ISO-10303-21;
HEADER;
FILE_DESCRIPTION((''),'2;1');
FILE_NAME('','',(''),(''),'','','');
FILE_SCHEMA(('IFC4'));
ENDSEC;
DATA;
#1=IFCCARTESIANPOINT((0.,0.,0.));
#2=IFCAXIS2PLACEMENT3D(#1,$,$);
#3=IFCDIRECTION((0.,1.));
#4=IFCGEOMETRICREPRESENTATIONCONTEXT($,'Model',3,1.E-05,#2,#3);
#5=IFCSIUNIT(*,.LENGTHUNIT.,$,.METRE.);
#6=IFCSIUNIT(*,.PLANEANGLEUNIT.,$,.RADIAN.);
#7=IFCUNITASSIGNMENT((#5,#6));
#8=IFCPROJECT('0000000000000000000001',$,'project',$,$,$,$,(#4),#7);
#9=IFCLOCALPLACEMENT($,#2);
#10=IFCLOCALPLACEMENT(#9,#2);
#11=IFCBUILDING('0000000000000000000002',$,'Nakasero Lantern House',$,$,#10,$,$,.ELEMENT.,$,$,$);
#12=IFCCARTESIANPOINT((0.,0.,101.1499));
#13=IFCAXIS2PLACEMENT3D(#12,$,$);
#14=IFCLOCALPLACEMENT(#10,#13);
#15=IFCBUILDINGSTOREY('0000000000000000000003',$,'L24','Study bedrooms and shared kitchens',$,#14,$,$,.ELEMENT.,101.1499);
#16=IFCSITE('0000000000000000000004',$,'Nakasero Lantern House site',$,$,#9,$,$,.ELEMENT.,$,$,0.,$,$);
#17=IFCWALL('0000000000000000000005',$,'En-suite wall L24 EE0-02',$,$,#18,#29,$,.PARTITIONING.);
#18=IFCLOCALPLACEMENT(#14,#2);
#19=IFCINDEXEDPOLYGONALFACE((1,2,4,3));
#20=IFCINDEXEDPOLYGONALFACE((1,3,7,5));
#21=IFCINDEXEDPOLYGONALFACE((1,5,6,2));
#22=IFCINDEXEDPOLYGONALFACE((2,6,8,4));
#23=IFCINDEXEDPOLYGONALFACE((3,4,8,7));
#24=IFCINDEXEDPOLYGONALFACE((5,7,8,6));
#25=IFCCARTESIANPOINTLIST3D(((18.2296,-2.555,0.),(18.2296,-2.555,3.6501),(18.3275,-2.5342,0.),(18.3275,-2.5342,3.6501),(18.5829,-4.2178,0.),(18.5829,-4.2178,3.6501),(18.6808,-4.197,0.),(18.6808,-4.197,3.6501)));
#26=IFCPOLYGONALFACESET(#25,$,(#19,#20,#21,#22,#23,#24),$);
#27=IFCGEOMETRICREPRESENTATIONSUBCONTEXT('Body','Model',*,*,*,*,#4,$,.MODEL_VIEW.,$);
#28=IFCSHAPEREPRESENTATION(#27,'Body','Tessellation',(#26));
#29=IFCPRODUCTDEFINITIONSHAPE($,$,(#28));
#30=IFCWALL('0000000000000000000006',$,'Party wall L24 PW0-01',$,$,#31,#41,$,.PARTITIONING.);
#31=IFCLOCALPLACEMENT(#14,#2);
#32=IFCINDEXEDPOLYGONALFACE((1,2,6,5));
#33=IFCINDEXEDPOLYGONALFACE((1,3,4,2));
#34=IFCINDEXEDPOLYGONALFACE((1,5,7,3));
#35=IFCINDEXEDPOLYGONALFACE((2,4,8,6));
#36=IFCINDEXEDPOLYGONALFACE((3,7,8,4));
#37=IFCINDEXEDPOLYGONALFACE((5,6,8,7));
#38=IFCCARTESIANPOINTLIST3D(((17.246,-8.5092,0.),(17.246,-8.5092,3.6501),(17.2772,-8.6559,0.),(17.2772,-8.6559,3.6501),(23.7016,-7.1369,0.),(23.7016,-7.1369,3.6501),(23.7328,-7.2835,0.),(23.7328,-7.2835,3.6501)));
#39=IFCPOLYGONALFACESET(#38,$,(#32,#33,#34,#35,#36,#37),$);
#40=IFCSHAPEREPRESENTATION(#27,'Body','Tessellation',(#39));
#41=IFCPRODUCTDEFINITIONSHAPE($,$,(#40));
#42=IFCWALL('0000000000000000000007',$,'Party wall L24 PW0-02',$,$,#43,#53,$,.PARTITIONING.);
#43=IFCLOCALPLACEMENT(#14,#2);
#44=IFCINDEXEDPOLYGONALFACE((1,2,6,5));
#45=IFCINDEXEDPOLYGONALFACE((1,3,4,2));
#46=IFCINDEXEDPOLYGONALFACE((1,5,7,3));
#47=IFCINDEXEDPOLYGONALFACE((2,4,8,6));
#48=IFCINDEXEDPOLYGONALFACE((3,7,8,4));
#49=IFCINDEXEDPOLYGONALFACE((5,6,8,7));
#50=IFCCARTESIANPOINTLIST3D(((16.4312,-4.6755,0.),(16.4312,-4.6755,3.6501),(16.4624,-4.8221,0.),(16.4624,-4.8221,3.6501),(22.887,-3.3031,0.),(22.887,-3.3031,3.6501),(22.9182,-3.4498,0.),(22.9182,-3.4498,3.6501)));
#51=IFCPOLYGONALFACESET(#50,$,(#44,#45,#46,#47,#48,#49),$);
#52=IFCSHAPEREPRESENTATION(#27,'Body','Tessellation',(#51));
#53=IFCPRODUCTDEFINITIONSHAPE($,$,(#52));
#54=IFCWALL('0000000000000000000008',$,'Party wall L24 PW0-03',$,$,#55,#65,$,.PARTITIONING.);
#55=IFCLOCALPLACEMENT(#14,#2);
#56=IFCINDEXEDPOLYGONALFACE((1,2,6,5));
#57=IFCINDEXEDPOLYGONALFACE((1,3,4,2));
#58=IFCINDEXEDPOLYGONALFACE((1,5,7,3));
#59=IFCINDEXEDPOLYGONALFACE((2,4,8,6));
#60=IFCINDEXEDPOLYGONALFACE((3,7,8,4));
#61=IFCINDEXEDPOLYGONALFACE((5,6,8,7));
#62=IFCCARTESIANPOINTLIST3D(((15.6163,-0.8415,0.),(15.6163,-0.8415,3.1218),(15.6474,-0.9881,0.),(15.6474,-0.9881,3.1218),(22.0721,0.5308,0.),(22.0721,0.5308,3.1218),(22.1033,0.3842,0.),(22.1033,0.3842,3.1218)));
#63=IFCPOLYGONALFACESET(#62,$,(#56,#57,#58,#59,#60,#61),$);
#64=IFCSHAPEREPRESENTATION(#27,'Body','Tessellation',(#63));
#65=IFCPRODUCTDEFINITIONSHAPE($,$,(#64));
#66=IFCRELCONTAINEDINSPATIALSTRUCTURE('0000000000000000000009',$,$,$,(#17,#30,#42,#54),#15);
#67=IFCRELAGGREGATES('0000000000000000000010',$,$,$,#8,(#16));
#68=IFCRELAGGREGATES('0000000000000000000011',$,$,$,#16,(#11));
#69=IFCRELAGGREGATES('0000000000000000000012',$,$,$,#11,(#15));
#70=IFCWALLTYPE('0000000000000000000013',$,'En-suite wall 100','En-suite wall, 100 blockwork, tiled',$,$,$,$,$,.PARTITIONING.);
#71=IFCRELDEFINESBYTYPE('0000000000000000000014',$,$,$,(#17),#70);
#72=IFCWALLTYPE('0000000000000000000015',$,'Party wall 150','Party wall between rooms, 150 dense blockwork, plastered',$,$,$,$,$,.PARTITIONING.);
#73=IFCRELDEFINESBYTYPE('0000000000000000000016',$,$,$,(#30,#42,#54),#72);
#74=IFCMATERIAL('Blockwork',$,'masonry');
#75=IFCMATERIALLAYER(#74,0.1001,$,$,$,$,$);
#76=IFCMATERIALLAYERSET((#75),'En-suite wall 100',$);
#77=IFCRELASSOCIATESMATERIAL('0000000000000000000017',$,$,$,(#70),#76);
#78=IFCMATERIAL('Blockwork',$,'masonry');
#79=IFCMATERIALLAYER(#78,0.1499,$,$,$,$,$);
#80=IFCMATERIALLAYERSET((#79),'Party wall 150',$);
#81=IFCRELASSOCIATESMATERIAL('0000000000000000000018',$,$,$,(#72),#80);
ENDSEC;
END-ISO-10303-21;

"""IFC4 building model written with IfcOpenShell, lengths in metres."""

from ifc_helpers import new_model, si_unit, direction, frame, frame_2d, origin, place, context, subcontext, project, spatial, rectangle, extrude, material, layer, layer_set, type_object, element, save


model = new_model("IFC4")

# Units and contexts
model_context = context("Model", 3, precision=1e-05, world=origin(), true_north=direction((0.0, 1.0)))
body_context = subcontext(model_context, "Body", "Model", "MODEL_VIEW")
ifc_project = project(units=[si_unit("LENGTHUNIT", "METRE"), si_unit("PLANEANGLEUNIT", "RADIAN")], contexts=[model_context])

# Site, building, storey
site_placement = place(None, origin())
site = spatial("IfcSite", under=ifc_project, at=site_placement, Name="Nakasero Lantern House site", CompositionType="ELEMENT", RefElevation=0.0)
building_placement = place(site_placement, origin())
building = spatial("IfcBuilding", under=site, at=building_placement, Name="Nakasero Lantern House", CompositionType="ELEMENT")
storey_placement = place(building_placement, frame((0.0, 0.0, 101.1499)))
storey = spatial("IfcBuildingStorey", under=building, at=storey_placement, Name="L24", Description="Study bedrooms and shared kitchens", CompositionType="ELEMENT", Elevation=101.1499)

# Shared definitions
ifc_material_1 = material(Name="Blockwork", Category="masonry")
ifc_layer_1 = layer(ifc_material_1, 0.1001)
ifc_layer_set_1 = layer_set([ifc_layer_1], Name="En-suite wall 100")
wall_type_1 = type_object("IfcWallType", Name="En-suite wall 100", Description="En-suite wall, 100 blockwork, tiled", PredefinedType="PARTITIONING", material=ifc_layer_set_1)

# Walls
wall_1_placement = place(storey_placement, frame((18.6318, -4.2075, 0.0), z_axis=(0.0, 0.0, 1.0), x_axis=(-0.207812, 0.978169, 0.0)))
element("IfcWall", 1, at=wall_1_placement, inside=storey, type_object=wall_type_1, Name="En-suite wall L24 EE0-02", PredefinedType="PARTITIONING", context=body_context, shape_type="SweptSolid", body=[
    extrude(rectangle(XDim=1.7, YDim=0.1001, at=frame_2d((0.8501, 0.0))), origin(), (0.0, 0.0, 1.0), 3.6501),
])
ifc_material_2 = material(Name="Blockwork", Category="masonry")
ifc_layer_2 = layer(ifc_material_2, 0.1499)
ifc_layer_set_2 = layer_set([ifc_layer_2], Name="Party wall 150")
wall_type_2 = type_object("IfcWallType", Name="Party wall 150", Description="Party wall between rooms, 150 dense blockwork, plastered", PredefinedType="PARTITIONING", material=ifc_layer_set_2)
wall_2_placement = place(storey_placement, frame((17.2617, -8.5825, 0.0), z_axis=(0.0, 0.0, 1.0), x_axis=(0.978143, 0.207932, 0.0)))
element("IfcWall", 2, at=wall_2_placement, inside=storey, type_object=wall_type_2, Name="Party wall L24 PW0-01", PredefinedType="PARTITIONING", context=body_context, shape_type="SweptSolid", body=[
    extrude(rectangle(XDim=6.5999, YDim=0.1499, at=frame_2d((3.2998, 0.0))), origin(), (0.0, 0.0, 1.0), 3.6501),
])
wall_3_placement = place(storey_placement, frame((16.4468, -4.7488, 0.0), z_axis=(0.0, 0.0, 1.0), x_axis=(0.978145, 0.207925, 0.0)))
element("IfcWall", 3, at=wall_3_placement, inside=storey, type_object=wall_type_2, Name="Party wall L24 PW0-02", PredefinedType="PARTITIONING", context=body_context, shape_type="SweptSolid", body=[
    extrude(rectangle(XDim=6.6001, YDim=0.1499, at=frame_2d((3.3, 0.0))), origin(), (0.0, 0.0, 1.0), 3.6501),
])
wall_4_placement = place(storey_placement, frame((15.6318, -0.9148, 0.0), z_axis=(0.0, 0.0, 1.0), x_axis=(0.978145, 0.207925, 0.0)))
element("IfcWall", 4, at=wall_4_placement, inside=storey, type_object=wall_type_2, Name="Party wall L24 PW0-03", PredefinedType="PARTITIONING", context=body_context, shape_type="SweptSolid", body=[
    extrude(rectangle(XDim=6.6001, YDim=0.1499, at=frame_2d((3.3, 0.0))), origin(), (0.0, 0.0, 1.0), 3.1218),
])

save(model, "model.ifc")
